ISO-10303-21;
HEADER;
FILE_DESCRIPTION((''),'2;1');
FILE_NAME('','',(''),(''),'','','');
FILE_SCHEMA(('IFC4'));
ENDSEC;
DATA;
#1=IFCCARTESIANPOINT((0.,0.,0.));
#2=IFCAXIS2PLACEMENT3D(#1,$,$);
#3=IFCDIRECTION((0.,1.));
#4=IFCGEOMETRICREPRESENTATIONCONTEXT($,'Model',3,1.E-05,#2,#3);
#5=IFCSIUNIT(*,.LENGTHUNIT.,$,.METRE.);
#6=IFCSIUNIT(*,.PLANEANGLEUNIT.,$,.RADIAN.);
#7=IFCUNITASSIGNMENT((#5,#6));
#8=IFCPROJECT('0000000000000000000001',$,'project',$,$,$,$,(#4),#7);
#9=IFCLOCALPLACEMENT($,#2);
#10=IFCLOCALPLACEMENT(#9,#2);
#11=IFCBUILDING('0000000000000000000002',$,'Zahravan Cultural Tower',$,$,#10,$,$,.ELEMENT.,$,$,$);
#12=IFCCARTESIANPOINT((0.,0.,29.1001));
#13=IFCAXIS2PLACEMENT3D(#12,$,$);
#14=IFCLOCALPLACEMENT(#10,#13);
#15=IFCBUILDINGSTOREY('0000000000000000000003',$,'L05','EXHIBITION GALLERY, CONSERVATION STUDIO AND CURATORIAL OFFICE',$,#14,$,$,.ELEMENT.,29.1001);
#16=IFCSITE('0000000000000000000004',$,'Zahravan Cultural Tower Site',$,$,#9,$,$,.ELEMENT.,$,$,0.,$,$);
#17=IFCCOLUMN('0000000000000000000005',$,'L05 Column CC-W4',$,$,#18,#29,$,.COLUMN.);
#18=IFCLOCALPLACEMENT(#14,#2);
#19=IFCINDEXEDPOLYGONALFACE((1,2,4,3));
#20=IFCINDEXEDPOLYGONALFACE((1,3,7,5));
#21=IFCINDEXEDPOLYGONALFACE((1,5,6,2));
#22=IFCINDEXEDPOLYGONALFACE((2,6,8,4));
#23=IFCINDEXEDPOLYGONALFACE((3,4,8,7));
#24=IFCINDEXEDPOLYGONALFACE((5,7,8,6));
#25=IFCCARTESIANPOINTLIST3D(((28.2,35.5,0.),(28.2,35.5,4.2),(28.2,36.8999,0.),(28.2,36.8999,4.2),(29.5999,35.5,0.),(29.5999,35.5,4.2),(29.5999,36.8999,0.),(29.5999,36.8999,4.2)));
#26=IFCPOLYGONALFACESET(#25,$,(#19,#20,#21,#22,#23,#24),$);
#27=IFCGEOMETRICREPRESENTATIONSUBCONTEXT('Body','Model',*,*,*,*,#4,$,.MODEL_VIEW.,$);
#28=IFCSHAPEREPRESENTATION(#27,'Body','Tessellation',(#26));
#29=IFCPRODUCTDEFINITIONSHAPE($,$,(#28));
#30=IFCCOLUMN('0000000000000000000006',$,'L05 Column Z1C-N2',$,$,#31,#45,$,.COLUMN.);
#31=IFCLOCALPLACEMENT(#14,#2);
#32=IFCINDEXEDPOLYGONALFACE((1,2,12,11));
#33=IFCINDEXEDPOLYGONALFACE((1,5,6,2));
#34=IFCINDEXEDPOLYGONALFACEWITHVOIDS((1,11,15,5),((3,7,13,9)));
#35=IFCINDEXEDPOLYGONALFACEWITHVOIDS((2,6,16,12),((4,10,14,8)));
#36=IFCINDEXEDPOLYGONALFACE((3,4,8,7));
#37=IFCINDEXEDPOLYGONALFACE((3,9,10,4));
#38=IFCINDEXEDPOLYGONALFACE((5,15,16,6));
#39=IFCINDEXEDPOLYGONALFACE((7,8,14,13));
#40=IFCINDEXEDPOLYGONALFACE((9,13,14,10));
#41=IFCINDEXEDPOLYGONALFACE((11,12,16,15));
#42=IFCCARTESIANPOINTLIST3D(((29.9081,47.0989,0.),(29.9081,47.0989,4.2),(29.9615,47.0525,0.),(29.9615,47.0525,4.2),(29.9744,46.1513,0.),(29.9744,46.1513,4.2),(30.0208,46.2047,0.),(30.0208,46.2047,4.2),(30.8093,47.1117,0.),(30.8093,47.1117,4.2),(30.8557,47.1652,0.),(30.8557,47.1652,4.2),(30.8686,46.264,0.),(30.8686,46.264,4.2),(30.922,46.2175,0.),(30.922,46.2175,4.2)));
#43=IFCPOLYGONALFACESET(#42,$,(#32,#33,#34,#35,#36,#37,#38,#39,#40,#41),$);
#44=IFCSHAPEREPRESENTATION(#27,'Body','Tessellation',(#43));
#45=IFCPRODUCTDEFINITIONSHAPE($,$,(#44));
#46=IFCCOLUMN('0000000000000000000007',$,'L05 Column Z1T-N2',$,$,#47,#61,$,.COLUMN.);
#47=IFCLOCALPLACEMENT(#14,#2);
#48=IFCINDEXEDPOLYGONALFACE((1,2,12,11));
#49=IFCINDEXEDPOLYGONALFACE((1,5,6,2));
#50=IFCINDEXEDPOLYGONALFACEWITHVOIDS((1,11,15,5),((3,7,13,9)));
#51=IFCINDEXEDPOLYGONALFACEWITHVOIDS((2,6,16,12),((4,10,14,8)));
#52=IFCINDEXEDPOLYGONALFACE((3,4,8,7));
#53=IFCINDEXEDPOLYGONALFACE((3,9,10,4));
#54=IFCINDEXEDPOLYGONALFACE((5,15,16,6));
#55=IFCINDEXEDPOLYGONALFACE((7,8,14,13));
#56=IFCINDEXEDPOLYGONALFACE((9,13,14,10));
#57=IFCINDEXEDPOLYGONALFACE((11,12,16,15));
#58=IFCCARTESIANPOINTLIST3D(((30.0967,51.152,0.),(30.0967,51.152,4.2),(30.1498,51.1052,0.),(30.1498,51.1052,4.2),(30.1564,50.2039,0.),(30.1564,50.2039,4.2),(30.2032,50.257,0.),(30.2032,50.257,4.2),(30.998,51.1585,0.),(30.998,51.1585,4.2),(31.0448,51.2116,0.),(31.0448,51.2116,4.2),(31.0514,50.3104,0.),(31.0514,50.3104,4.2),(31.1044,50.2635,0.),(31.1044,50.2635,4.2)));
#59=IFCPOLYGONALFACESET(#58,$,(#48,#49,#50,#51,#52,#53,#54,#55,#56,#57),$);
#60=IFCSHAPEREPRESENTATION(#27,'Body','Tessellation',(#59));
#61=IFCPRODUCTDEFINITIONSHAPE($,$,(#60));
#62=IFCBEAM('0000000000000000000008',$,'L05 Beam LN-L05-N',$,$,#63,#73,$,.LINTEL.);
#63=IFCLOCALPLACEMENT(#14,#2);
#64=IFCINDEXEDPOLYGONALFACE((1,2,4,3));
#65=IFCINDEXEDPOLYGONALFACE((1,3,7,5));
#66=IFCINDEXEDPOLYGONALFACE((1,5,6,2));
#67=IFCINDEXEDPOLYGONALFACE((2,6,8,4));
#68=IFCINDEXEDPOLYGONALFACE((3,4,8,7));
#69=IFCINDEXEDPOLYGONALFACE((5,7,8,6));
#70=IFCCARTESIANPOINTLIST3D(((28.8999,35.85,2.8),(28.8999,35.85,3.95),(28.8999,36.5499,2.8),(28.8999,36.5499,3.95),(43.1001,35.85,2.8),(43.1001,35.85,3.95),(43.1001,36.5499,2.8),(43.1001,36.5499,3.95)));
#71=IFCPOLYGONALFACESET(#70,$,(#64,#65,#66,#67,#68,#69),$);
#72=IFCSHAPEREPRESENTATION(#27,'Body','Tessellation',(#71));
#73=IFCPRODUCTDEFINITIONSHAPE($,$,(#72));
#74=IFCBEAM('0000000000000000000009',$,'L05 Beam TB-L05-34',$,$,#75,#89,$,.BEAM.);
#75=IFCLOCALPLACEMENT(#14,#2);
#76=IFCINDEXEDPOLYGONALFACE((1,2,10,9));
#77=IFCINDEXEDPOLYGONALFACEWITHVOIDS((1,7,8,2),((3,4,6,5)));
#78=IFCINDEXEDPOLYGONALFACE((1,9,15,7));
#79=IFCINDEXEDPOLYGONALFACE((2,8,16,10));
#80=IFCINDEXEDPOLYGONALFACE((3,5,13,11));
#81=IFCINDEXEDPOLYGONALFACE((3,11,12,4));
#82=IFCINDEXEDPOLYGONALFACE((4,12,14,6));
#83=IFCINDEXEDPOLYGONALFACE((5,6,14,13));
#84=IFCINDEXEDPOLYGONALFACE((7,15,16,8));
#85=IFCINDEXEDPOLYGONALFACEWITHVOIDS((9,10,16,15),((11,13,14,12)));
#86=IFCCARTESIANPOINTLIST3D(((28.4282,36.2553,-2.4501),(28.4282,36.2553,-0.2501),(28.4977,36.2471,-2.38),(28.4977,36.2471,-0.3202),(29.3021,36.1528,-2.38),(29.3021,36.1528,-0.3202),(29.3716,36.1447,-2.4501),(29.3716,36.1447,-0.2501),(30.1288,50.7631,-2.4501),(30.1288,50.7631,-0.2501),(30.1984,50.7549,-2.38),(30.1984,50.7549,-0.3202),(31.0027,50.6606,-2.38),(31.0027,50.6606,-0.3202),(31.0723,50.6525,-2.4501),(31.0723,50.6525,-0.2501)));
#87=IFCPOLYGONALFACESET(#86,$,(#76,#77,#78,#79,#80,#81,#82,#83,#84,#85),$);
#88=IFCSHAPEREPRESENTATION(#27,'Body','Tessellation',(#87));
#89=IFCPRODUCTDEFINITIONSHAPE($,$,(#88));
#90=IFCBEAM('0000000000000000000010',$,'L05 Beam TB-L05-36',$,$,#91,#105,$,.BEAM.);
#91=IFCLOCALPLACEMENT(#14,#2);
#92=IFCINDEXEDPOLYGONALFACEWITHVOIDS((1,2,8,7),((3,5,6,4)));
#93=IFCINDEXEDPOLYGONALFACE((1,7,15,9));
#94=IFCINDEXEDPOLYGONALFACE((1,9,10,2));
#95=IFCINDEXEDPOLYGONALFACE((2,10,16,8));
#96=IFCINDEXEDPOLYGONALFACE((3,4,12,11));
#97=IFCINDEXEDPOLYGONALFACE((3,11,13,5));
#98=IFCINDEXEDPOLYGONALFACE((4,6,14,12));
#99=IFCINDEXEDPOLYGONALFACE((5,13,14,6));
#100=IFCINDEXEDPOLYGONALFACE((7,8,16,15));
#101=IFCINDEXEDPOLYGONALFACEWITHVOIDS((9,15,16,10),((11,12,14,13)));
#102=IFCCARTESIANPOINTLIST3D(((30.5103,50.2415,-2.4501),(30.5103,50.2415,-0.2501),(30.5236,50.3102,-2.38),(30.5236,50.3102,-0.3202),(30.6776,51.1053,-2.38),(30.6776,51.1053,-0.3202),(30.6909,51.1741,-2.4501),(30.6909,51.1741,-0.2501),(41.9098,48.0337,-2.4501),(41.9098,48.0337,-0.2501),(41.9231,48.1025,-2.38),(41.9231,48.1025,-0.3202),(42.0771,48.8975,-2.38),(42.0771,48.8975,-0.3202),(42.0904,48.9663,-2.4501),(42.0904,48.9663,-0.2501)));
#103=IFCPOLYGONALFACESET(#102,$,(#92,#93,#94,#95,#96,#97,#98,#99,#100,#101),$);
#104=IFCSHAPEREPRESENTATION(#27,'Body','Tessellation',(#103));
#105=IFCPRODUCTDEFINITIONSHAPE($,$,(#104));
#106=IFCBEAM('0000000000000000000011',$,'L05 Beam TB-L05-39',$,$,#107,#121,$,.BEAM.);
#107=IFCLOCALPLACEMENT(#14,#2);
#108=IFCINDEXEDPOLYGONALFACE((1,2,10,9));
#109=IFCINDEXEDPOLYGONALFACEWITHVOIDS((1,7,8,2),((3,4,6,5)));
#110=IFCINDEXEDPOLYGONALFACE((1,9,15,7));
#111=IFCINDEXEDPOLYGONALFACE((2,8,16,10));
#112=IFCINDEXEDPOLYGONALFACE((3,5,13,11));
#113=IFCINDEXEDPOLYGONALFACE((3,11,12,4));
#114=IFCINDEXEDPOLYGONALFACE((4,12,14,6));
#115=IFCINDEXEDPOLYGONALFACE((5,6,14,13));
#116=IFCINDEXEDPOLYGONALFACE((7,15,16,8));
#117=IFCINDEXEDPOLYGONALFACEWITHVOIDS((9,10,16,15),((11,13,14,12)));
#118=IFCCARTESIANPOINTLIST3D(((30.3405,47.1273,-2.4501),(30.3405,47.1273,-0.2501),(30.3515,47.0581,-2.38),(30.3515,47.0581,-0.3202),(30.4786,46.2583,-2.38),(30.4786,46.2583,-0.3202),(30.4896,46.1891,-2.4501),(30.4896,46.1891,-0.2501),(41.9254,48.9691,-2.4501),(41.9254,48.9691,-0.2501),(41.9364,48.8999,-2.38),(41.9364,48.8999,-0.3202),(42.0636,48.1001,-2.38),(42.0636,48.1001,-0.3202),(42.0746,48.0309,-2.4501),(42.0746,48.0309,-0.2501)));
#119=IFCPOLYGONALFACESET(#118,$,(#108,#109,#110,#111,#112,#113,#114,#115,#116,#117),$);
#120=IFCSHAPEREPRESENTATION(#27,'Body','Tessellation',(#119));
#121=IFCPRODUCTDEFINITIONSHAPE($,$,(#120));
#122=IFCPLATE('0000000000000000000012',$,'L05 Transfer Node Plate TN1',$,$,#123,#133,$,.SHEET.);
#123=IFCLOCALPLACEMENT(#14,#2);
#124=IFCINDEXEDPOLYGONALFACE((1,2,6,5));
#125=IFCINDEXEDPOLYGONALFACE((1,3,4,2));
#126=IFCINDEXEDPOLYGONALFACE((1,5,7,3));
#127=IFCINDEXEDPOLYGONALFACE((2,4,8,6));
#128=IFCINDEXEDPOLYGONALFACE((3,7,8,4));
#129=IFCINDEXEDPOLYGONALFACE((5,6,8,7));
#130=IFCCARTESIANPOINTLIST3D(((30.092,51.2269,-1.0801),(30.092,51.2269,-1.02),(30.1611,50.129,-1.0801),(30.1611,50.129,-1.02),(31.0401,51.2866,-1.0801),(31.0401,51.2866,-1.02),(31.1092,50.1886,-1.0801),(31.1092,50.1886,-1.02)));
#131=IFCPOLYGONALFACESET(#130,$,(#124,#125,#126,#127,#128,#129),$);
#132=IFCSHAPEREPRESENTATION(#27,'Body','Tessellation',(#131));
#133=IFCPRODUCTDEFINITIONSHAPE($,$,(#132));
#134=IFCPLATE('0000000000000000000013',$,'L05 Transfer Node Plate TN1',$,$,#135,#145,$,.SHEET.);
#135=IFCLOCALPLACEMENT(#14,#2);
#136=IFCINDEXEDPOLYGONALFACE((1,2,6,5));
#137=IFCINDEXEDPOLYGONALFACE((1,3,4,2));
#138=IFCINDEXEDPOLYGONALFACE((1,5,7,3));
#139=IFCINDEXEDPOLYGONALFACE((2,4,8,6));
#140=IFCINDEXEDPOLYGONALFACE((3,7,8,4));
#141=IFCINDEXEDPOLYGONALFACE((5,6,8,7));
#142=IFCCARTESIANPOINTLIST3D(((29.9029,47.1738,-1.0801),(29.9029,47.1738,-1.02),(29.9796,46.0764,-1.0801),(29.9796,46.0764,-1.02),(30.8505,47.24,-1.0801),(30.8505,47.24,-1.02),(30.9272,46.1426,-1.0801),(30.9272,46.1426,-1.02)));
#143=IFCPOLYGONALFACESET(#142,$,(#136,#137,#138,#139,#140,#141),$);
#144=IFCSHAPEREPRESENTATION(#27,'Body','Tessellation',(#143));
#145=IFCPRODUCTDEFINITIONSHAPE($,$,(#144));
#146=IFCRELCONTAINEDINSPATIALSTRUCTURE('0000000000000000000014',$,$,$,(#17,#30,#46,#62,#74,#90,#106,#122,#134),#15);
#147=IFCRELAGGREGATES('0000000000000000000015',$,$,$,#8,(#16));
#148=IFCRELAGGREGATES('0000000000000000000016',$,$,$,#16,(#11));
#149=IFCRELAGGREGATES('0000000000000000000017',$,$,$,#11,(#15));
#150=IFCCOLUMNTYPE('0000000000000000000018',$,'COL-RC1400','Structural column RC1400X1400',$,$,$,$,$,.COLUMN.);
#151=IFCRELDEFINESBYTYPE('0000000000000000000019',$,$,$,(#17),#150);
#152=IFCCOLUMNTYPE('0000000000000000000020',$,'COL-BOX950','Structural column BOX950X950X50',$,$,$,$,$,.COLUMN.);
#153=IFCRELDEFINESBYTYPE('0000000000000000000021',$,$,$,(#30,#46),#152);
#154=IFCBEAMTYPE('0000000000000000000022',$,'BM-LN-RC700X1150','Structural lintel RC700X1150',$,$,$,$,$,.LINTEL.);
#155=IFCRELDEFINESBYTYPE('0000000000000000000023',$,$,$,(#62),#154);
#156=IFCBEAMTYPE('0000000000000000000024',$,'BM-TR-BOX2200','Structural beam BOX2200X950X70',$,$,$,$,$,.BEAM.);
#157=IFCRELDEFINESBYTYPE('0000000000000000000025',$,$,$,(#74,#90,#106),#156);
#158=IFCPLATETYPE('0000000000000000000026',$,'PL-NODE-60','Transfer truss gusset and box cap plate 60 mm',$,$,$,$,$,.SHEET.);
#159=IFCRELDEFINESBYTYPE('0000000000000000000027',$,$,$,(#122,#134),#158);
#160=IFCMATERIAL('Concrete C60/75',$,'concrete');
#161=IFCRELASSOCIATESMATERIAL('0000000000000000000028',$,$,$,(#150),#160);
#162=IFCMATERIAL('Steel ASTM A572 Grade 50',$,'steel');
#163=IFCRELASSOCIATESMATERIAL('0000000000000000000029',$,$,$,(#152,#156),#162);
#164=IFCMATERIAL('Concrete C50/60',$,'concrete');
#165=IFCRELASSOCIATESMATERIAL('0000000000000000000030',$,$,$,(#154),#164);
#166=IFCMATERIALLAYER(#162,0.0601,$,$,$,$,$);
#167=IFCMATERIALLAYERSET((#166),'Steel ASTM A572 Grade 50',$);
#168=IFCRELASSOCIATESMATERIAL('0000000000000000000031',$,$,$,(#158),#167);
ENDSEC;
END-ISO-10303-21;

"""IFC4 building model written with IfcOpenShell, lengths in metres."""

from ifc_helpers import new_model, si_unit, direction, frame, origin, origin_2d, place, context, subcontext, project, spatial, rectangle, hollow_rectangle, extrude, source, transform, mapped, material, layer, layer_set, material_profile, profile_set, type_object, element, save


model = new_model("IFC4")

# Units and contexts
model_context = context("Model", 3, precision=1e-05, world=origin(), true_north=direction((0.0, 1.0)))
body_context = subcontext(model_context, "Body", "Model", "MODEL_VIEW")
ifc_project = project(units=[si_unit("LENGTHUNIT", "METRE"), si_unit("PLANEANGLEUNIT", "RADIAN")], contexts=[model_context])

# Site, building, storey
site_placement = place(None, origin())
site = spatial("IfcSite", under=ifc_project, at=site_placement, Name="Zahravan Cultural Tower Site", CompositionType="ELEMENT", RefElevation=0.0)
building_placement = place(site_placement, origin())
building = spatial("IfcBuilding", under=site, at=building_placement, Name="Zahravan Cultural Tower", CompositionType="ELEMENT")
storey_placement = place(building_placement, frame((0.0, 0.0, 29.1001)))
storey = spatial("IfcBuildingStorey", under=building, at=storey_placement, Name="L05", Description="EXHIBITION GALLERY, CONSERVATION STUDIO AND CURATORIAL OFFICE", CompositionType="ELEMENT", Elevation=29.1001)

# Columns
ifc_material_1 = material(Name="Concrete C60/75", Category="concrete")
ifc_material_profile_1 = material_profile(ifc_material_1, rectangle(XDim=1.3999, YDim=1.3999, at=origin_2d()), Name="RC1400X1400")
ifc_profile_set_1 = profile_set([ifc_material_profile_1], Name="Concrete C60/75")
column_type_1 = type_object("IfcColumnType", Name="COL-RC1400", Description="Structural column RC1400X1400", PredefinedType="COLUMN", material=ifc_profile_set_1)
shared_shape_1 = source(origin(), body_context, "Body", "SweptSolid", [
    extrude(rectangle(XDim=1.3999, YDim=1.3999, at=origin_2d()), origin(), (0.0, 0.0, 1.0), 4.2),
])
column_placement = place(storey_placement, frame((28.8999, 36.2, 0.0), z_axis=(0.0, 0.0, 1.0), x_axis=(1.0, 0.0, 0.0)))
element("IfcColumn", 1, at=column_placement, inside=storey, type_object=column_type_1, Name="L05 Column CC-W4", PredefinedType="COLUMN", context=body_context, shape_type="MappedRepresentation", body=[
    mapped(shared_shape_1, transform((0.0, 0.0, 0.0), x_axis=(1.0, 0.0, 0.0), y_axis=(0.0, 1.0, 0.0), z_axis=(0.0, 0.0, 1.0), scale=1.0)),
])
ifc_material_2 = material(Name="Steel ASTM A572 Grade 50", Category="steel")
ifc_material_profile_2 = material_profile(ifc_material_2, hollow_rectangle(XDim=0.95, YDim=0.95, WallThickness=0.05, at=origin_2d()), Name="BOX950X950X50")
ifc_profile_set_2 = profile_set([ifc_material_profile_2], Name="Steel ASTM A572 Grade 50")
column_type_2 = type_object("IfcColumnType", Name="COL-BOX950", Description="Structural column BOX950X950X50", PredefinedType="COLUMN", material=ifc_profile_set_2)
shared_shape_2 = source(origin(), body_context, "Body", "SweptSolid", [
    extrude(hollow_rectangle(XDim=0.95, YDim=0.95, WallThickness=0.05, at=origin_2d()), origin(), (0.0, 0.0, 1.0), 4.2),
])
for number, where, z_axis, x_axis, name in (
    (2, (30.415, 46.6582, 0.0), (0.0, 0.0, 1.0), (-0.069756, 0.997564, 0.0), "L05 Column Z1C-N2"),
    (3, (30.6006, 50.7078, 0.0), (0.0, 0.0, 1.0), (-0.062791, 0.998027, 0.0), "L05 Column Z1T-N2"),
):
    element("IfcColumn", number, at=place(storey_placement, frame(where, z_axis=z_axis, x_axis=x_axis)), inside=storey, type_object=column_type_2, Name=name, PredefinedType="COLUMN", context=body_context, shape_type="MappedRepresentation", body=[
        mapped(shared_shape_2, transform((0.0, 0.0, 0.0), x_axis=(1.0, 0.0, 0.0), y_axis=(0.0, 1.0, 0.0), z_axis=(0.0, 0.0, 1.0), scale=1.0)),
    ])

# Beams
ifc_material_3 = material(Name="Concrete C50/60", Category="concrete")
ifc_material_profile_3 = material_profile(ifc_material_3, rectangle(XDim=0.7, YDim=1.1499, at=origin_2d()), Name="RC700X1150")
ifc_profile_set_3 = profile_set([ifc_material_profile_3], Name="Concrete C50/60")
beam_type_1 = type_object("IfcBeamType", Name="BM-LN-RC700X1150", Description="Structural lintel RC700X1150", PredefinedType="LINTEL", material=ifc_profile_set_3)
shared_shape_3 = source(origin(), body_context, "Body", "SweptSolid", [
    extrude(rectangle(XDim=0.7, YDim=1.1499, at=origin_2d()), origin(), (0.0, 0.0, 1.0), 14.2002),
])
beam_1_placement = place(storey_placement, frame((28.8999, 36.2, 3.375), z_axis=(1.0, 0.0, 0.0), x_axis=(0.0, 1.0, 0.0)))
element("IfcBeam", 4, at=beam_1_placement, inside=storey, type_object=beam_type_1, Name="L05 Beam LN-L05-N", PredefinedType="LINTEL", context=body_context, shape_type="MappedRepresentation", body=[
    mapped(shared_shape_3, transform((0.0, 0.0, 0.0), x_axis=(1.0, 0.0, 0.0), y_axis=(0.0, 1.0, 0.0), z_axis=(0.0, 0.0, 1.0), scale=1.0)),
])
ifc_material_profile_4 = material_profile(ifc_material_2, hollow_rectangle(XDim=0.95, YDim=2.2, WallThickness=0.0701, at=origin_2d()), Name="BOX2200X950X70")
ifc_profile_set_4 = profile_set([ifc_material_profile_4], Name="Steel ASTM A572 Grade 50")
beam_type_2 = type_object("IfcBeamType", Name="BM-TR-BOX2200", Description="Structural beam BOX2200X950X70", PredefinedType="BEAM", material=ifc_profile_set_4)
shared_shape_4 = source(origin(), body_context, "Body", "SweptSolid", [
    extrude(hollow_rectangle(XDim=0.95, YDim=2.2, WallThickness=0.0701, at=origin_2d()), origin(), (0.0, 0.0, 1.0), 14.6072),
])
beam_2_placement = place(storey_placement, frame((28.8999, 36.2, -1.3501), z_axis=(0.116428, 0.993199, 0.0), x_axis=(-0.993199, 0.116428, 0.0)))
element("IfcBeam", 5, at=beam_2_placement, inside=storey, type_object=beam_type_2, Name="L05 Beam TB-L05-34", PredefinedType="BEAM", context=body_context, shape_type="MappedRepresentation", body=[
    mapped(shared_shape_4, transform((0.0, 0.0, 0.0), x_axis=(1.0, 0.0, 0.0), y_axis=(0.0, 1.0, 0.0), z_axis=(0.0, 0.0, 1.0), scale=1.0)),
])
shared_shape_5 = source(origin(), body_context, "Body", "SweptSolid", [
    extrude(hollow_rectangle(XDim=0.95, YDim=2.2, WallThickness=0.0701, at=origin_2d()), origin(), (0.0, 0.0, 1.0), 11.6113),
])
beam_3_placement = place(storey_placement, frame((30.6006, 50.7078, -1.3501), z_axis=(0.981757, -0.19014, 0.0), x_axis=(0.19014, 0.981757, 0.0)))
element("IfcBeam", 6, at=beam_3_placement, inside=storey, type_object=beam_type_2, Name="L05 Beam TB-L05-36", PredefinedType="BEAM", context=body_context, shape_type="MappedRepresentation", body=[
    mapped(shared_shape_5, transform((0.0, 0.0, 0.0), x_axis=(1.0, 0.0, 0.0), y_axis=(0.0, 1.0, 0.0), z_axis=(0.0, 0.0, 1.0), scale=1.0)),
])
shared_shape_6 = source(origin(), body_context, "Body", "SweptSolid", [
    extrude(hollow_rectangle(XDim=0.95, YDim=2.2, WallThickness=0.0701, at=origin_2d()), origin(), (0.0, 0.0, 1.0), 11.7305),
])
beam_4_placement = place(storey_placement, frame((30.415, 46.6582, -1.3501), z_axis=(0.987597, 0.15701, 0.0), x_axis=(-0.15701, 0.987597, 0.0)))
element("IfcBeam", 7, at=beam_4_placement, inside=storey, type_object=beam_type_2, Name="L05 Beam TB-L05-39", PredefinedType="BEAM", context=body_context, shape_type="MappedRepresentation", body=[
    mapped(shared_shape_6, transform((0.0, 0.0, 0.0), x_axis=(1.0, 0.0, 0.0), y_axis=(0.0, 1.0, 0.0), z_axis=(0.0, 0.0, 1.0), scale=1.0)),
])

# Plates
ifc_layer_1 = layer(ifc_material_2, 0.0601)
ifc_layer_set_1 = layer_set([ifc_layer_1], Name="Steel ASTM A572 Grade 50")
plate_type = type_object("IfcPlateType", Name="PL-NODE-60", Description="Transfer truss gusset and box cap plate 60 mm", PredefinedType="SHEET", material=ifc_layer_set_1)
shared_shape_7 = source(origin(), body_context, "Body", "SweptSolid", [
    extrude(rectangle(XDim=1.1001, YDim=0.95, at=origin_2d()), origin(), (0.0, 0.0, 1.0), 0.0601),
])
for number, where, z_axis, x_axis, name in (
    (8, (30.6006, 50.7078, -1.0801), (0.0, 0.0, 1.0), (-0.062791, 0.998027, 0.0), "L05 Transfer Node Plate TN1"),
    (9, (30.415, 46.6582, -1.0801), (0.0, 0.0, 1.0), (-0.069756, 0.997564, 0.0), "L05 Transfer Node Plate TN1"),
):
    element("IfcPlate", number, at=place(storey_placement, frame(where, z_axis=z_axis, x_axis=x_axis)), inside=storey, type_object=plate_type, Name=name, PredefinedType="SHEET", context=body_context, shape_type="MappedRepresentation", body=[
        mapped(shared_shape_7, transform((0.0, 0.0, 0.0), x_axis=(1.0, 0.0, 0.0), y_axis=(0.0, 1.0, 0.0), z_axis=(0.0, 0.0, 1.0), scale=1.0)),
    ])

save(model, "model.ifc")
